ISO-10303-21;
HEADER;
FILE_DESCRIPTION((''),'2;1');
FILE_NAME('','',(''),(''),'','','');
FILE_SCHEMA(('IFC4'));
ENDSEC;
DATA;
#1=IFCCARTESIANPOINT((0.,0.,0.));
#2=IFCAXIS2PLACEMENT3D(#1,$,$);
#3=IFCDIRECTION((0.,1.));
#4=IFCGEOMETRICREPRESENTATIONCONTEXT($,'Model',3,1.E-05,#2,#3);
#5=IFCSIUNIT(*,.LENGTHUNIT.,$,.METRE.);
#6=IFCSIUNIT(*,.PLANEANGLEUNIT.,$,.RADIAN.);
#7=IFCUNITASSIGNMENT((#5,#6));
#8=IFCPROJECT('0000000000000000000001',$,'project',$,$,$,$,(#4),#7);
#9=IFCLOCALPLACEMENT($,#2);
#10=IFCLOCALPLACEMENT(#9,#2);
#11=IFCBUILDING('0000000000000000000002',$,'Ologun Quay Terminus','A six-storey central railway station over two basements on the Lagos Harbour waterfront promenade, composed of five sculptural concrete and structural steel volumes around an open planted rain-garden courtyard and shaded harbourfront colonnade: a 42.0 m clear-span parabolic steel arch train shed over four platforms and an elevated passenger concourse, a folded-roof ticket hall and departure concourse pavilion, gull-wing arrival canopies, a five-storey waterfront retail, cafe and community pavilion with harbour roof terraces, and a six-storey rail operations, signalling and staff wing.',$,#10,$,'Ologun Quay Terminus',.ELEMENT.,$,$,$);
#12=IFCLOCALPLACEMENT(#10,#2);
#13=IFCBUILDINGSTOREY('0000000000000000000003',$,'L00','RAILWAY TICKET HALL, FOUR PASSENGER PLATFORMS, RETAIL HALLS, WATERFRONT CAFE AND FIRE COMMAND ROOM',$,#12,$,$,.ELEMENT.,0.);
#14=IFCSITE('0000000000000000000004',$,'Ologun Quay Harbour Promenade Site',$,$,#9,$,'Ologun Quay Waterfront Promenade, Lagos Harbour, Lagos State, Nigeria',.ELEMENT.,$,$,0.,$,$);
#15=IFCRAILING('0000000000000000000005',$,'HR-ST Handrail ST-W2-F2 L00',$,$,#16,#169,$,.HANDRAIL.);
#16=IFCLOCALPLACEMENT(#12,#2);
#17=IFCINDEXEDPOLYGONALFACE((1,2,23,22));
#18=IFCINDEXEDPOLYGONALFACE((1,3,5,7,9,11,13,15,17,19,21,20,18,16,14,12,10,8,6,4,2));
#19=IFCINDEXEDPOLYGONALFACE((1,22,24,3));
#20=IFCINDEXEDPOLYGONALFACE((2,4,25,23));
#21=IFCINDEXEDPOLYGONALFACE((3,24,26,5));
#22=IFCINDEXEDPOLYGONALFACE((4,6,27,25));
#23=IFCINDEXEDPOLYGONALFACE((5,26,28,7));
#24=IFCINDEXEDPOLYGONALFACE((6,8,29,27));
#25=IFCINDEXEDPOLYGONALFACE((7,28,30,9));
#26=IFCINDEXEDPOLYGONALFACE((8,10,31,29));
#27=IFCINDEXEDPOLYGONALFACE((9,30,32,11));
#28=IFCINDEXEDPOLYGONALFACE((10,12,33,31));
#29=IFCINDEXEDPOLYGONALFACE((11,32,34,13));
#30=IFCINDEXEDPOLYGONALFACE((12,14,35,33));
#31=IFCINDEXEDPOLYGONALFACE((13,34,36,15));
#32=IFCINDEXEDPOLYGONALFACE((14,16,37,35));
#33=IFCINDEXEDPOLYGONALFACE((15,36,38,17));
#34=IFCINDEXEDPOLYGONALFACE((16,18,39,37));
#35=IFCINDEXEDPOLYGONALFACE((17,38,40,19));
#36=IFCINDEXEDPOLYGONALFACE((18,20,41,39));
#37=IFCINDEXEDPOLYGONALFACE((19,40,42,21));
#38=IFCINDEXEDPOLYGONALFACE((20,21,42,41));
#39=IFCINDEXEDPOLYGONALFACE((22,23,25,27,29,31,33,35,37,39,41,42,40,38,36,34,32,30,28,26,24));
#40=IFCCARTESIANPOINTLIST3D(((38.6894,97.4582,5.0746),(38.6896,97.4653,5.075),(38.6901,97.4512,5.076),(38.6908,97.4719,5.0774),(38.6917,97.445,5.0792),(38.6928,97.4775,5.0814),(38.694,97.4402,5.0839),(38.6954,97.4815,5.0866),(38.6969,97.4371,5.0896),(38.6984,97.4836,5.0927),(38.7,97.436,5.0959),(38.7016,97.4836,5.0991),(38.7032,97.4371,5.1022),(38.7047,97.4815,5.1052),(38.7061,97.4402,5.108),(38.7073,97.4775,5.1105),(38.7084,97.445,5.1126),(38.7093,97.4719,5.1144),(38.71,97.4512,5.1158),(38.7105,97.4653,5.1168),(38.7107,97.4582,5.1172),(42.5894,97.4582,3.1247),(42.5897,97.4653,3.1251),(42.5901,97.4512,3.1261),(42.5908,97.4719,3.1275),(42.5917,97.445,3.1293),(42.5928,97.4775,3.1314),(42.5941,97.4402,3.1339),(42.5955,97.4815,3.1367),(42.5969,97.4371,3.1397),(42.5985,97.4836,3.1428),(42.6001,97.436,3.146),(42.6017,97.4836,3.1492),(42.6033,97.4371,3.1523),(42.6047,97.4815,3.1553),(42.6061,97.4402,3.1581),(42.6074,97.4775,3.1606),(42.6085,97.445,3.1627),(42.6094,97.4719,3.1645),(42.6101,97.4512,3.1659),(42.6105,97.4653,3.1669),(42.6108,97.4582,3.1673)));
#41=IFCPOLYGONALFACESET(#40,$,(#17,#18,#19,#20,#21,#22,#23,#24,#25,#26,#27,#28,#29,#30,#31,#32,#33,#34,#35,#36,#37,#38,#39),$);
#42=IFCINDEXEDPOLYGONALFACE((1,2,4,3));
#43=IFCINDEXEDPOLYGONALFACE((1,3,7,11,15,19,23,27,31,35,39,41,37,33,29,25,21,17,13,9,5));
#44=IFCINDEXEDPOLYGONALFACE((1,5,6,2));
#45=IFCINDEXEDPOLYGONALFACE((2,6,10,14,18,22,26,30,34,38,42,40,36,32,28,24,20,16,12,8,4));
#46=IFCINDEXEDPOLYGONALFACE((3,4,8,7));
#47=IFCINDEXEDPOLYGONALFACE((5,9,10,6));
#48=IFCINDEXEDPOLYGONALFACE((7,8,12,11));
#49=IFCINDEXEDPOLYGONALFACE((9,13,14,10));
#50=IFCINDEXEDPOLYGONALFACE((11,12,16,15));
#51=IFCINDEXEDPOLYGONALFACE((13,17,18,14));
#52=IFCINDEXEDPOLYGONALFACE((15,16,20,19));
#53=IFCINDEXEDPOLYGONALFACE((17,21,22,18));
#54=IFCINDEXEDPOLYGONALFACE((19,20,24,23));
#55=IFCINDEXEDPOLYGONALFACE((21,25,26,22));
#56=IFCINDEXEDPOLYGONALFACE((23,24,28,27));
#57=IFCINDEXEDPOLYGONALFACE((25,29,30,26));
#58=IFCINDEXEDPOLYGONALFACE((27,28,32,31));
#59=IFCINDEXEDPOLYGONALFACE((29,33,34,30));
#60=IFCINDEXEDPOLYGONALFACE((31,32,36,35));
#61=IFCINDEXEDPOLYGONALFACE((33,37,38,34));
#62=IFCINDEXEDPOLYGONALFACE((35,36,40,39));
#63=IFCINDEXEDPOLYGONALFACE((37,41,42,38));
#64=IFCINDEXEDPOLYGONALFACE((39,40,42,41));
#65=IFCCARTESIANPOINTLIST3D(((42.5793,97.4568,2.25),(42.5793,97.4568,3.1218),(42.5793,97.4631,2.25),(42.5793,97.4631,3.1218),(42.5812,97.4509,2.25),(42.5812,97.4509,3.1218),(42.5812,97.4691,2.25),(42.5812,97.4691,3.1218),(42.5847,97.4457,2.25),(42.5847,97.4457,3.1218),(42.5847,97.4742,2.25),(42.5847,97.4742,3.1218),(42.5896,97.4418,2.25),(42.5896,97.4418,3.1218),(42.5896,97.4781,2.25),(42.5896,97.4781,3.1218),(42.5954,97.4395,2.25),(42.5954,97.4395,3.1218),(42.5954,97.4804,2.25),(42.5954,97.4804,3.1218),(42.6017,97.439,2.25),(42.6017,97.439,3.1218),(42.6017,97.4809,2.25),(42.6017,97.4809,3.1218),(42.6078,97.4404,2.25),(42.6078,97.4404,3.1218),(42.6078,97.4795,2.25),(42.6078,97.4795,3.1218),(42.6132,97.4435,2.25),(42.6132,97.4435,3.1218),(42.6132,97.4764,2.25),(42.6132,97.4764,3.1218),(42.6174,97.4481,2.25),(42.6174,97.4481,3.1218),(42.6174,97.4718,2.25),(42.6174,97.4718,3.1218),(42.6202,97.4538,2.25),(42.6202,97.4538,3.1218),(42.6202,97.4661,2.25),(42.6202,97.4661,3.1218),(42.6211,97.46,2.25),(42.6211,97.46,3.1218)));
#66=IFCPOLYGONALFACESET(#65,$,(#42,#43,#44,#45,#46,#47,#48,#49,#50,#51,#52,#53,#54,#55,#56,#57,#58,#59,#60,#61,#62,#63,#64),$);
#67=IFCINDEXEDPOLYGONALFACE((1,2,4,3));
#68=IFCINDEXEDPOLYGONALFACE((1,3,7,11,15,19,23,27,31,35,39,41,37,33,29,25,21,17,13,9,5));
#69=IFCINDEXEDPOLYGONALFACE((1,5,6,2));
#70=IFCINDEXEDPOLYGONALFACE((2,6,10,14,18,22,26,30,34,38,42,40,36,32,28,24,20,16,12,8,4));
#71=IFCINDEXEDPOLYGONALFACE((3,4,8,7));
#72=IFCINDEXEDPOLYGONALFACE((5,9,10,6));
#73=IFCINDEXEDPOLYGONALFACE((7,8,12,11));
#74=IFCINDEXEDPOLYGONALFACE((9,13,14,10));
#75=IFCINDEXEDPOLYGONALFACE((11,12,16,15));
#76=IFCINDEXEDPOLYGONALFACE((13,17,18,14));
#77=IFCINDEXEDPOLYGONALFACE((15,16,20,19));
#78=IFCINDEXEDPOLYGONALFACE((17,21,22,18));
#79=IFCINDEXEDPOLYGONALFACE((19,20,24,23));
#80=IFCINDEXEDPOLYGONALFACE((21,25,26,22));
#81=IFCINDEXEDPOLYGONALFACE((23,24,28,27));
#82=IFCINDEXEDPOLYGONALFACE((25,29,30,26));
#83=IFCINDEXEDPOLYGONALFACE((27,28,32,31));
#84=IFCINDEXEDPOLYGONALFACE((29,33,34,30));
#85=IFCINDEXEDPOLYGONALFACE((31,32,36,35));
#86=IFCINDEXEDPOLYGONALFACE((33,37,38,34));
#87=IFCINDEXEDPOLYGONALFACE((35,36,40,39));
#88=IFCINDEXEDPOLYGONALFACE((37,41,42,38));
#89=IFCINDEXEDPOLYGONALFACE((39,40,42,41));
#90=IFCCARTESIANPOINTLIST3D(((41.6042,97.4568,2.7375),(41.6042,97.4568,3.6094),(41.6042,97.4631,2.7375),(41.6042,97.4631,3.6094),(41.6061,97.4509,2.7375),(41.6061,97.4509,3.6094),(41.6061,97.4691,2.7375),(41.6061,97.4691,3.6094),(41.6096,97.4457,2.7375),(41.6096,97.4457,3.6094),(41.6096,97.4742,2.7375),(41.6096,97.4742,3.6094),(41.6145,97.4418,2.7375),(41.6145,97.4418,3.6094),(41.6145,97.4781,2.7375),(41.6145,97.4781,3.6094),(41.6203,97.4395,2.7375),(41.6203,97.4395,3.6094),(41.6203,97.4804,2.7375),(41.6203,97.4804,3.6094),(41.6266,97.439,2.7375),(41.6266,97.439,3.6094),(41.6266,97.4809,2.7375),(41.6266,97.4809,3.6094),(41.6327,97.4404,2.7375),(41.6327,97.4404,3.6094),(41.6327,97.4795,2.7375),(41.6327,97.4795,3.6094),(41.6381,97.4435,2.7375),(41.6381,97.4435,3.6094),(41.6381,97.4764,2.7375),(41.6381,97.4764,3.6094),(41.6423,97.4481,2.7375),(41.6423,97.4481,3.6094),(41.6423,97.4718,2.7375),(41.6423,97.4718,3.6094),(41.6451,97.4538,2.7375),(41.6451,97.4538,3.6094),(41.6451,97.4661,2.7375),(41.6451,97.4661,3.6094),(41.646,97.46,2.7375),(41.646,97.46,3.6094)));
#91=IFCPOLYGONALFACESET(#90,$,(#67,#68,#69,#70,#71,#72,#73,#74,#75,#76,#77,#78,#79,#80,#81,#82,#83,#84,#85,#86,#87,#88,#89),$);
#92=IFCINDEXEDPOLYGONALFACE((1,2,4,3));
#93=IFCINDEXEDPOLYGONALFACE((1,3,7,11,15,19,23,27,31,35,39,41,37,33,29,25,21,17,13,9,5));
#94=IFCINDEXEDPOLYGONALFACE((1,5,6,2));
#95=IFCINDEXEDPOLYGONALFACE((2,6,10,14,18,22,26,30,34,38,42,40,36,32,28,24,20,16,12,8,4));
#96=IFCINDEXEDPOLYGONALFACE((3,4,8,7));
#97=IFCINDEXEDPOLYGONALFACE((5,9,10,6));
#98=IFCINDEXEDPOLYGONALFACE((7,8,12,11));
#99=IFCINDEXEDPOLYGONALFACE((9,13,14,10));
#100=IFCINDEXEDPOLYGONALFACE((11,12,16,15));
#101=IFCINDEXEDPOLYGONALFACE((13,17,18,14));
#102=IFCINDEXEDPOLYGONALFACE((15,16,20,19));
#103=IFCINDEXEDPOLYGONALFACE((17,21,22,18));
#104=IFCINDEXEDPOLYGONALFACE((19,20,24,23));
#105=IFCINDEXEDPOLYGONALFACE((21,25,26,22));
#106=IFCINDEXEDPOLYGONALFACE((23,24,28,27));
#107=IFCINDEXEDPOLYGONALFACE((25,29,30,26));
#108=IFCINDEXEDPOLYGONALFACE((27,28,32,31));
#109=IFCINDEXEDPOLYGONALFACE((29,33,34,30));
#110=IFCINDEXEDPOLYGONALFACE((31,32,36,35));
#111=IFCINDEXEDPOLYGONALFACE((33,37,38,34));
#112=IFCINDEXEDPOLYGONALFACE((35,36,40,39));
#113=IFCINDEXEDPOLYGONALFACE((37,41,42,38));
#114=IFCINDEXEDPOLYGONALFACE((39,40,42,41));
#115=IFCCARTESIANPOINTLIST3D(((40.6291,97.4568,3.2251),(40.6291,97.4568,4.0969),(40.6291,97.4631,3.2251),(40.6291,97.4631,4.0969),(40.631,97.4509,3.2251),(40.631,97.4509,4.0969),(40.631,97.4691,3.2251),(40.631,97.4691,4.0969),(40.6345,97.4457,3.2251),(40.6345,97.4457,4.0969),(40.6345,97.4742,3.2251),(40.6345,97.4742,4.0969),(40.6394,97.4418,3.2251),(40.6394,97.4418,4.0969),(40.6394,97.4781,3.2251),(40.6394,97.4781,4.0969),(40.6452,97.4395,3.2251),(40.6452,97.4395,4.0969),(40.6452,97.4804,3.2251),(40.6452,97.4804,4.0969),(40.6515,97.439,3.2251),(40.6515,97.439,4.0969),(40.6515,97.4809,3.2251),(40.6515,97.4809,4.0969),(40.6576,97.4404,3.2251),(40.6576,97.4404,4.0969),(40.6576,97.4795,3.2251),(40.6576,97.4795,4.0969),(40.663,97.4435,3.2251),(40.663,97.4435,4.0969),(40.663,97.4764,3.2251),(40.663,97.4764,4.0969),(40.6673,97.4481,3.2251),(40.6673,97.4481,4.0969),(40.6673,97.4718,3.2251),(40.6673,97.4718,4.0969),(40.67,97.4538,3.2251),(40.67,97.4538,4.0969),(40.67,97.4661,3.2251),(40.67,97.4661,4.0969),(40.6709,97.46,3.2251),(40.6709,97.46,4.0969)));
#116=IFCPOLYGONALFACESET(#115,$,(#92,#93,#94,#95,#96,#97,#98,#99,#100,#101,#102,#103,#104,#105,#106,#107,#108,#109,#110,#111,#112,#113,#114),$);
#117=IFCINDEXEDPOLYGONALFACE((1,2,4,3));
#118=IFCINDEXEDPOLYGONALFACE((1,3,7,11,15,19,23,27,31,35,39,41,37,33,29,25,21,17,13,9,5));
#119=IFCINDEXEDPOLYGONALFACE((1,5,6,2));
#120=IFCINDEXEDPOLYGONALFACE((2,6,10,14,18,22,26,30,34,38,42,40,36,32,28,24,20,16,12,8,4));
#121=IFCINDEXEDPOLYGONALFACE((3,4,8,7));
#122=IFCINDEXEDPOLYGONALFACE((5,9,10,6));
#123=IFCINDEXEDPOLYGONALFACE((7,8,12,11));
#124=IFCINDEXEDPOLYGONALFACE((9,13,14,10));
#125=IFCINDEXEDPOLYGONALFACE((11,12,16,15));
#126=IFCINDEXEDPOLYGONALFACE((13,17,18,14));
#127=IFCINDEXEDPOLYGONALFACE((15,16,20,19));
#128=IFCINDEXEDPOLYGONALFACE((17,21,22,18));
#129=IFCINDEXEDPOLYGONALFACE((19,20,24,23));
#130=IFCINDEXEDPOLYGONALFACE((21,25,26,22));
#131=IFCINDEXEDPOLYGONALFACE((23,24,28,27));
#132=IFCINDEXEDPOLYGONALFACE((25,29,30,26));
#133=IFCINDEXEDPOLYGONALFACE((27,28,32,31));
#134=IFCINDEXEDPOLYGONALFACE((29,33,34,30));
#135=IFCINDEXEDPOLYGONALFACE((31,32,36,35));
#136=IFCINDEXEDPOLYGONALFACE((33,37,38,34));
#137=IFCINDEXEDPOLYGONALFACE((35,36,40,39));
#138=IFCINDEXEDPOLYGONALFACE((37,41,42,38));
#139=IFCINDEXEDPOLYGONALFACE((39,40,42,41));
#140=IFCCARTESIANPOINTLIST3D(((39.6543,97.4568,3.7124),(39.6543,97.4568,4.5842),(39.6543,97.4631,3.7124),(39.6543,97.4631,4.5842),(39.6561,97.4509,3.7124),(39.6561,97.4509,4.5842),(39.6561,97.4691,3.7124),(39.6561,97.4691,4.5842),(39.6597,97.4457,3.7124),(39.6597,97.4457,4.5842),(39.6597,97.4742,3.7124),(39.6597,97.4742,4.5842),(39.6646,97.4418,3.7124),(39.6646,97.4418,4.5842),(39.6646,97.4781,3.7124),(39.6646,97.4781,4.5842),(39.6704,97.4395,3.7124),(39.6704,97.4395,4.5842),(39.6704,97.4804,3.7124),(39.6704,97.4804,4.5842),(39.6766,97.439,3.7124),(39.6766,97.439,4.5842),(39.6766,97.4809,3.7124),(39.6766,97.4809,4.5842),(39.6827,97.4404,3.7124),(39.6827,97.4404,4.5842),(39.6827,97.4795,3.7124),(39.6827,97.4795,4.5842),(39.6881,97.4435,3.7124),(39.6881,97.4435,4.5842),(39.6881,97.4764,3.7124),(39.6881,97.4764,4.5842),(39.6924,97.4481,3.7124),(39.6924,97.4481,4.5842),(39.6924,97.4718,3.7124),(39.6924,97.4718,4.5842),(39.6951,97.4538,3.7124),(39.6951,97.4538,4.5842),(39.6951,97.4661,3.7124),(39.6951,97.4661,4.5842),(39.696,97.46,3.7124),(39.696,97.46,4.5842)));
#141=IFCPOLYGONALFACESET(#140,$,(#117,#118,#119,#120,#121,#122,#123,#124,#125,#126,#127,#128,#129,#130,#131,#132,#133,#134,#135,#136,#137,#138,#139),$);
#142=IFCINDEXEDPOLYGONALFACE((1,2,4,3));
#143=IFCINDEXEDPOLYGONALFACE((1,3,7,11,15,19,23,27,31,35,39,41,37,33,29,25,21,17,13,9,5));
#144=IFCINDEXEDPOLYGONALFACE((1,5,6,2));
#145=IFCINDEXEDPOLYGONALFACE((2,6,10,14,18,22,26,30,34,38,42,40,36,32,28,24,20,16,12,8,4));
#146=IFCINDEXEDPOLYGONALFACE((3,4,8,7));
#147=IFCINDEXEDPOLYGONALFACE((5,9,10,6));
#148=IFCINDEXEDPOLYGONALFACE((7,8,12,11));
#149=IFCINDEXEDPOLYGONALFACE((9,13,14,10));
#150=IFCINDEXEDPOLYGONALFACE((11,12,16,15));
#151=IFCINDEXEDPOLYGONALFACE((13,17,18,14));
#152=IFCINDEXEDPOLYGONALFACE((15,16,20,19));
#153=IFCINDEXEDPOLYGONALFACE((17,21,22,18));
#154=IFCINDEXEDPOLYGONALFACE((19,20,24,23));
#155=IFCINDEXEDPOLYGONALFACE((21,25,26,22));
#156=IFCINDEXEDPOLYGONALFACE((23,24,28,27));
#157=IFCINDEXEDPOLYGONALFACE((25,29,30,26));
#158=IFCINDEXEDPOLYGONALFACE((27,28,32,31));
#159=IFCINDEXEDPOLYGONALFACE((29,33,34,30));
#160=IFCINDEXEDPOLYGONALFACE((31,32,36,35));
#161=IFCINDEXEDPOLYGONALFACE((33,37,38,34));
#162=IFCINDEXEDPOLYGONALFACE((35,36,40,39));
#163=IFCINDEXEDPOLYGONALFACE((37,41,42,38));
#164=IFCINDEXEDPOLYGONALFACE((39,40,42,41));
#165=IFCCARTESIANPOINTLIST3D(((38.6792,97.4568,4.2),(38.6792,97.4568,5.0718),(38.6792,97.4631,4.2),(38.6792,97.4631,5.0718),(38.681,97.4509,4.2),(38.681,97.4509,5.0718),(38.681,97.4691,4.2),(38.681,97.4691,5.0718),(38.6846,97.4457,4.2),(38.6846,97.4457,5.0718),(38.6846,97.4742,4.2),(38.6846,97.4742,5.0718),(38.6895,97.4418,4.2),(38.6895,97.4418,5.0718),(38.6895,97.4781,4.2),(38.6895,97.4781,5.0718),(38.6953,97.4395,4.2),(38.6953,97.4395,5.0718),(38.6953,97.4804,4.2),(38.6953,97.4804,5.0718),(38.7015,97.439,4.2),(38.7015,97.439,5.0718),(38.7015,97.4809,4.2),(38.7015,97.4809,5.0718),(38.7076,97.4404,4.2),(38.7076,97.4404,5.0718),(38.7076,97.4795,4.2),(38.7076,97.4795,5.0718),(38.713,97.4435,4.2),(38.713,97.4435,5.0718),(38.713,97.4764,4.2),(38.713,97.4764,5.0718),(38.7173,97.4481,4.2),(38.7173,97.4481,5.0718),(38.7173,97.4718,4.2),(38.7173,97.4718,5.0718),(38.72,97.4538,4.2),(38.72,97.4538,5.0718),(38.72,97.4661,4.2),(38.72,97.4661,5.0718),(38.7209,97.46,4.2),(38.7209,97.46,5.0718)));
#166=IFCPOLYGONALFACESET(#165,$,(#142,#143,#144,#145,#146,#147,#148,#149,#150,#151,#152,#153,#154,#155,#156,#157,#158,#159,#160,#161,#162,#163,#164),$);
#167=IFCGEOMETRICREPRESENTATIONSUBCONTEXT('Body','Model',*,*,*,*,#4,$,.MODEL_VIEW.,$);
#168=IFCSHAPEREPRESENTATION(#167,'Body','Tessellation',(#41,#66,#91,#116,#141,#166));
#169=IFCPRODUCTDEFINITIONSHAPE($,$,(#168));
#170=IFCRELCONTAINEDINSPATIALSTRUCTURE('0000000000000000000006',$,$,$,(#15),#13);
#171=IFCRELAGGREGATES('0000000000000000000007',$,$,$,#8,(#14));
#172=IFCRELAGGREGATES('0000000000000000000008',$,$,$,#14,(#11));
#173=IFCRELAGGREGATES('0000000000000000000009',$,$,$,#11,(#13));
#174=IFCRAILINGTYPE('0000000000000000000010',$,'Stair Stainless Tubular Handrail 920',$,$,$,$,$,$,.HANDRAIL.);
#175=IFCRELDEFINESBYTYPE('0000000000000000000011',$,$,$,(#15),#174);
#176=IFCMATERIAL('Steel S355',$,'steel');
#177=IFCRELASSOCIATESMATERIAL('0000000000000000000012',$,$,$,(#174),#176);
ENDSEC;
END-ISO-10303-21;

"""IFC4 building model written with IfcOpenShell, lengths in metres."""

from ifc_helpers import new_model, si_unit, direction, frame, origin, origin_2d, place, context, subcontext, project, spatial, circle, extrude, material, type_object, element, save


model = new_model("IFC4")

# Units and contexts
model_context = context("Model", 3, precision=1e-05, world=origin(), true_north=direction((0.0, 1.0)))
body_context = subcontext(model_context, "Body", "Model", "MODEL_VIEW")
ifc_project = project(units=[si_unit("LENGTHUNIT", "METRE"), si_unit("PLANEANGLEUNIT", "RADIAN")], contexts=[model_context])

# Site, building, storey
site_placement = place(None, origin())
site = spatial("IfcSite", under=ifc_project, at=site_placement, Name="Ologun Quay Harbour Promenade Site", LongName="Ologun Quay Waterfront Promenade, Lagos Harbour, Lagos State, Nigeria", CompositionType="ELEMENT", RefElevation=0.0)
building_placement = place(site_placement, origin())
building = spatial("IfcBuilding", under=site, at=building_placement, Name="Ologun Quay Terminus", Description="A six-storey central railway station over two basements on the Lagos Harbour waterfront promenade, composed of five sculptural concrete and structural steel volumes around an open planted rain-garden courtyard and shaded harbourfront colonnade: a 42.0 m clear-span parabolic steel arch train shed over four platforms and an elevated passenger concourse, a folded-roof ticket hall and departure concourse pavilion, gull-wing arrival canopies, a five-storey waterfront retail, cafe and community pavilion with harbour roof terraces, and a six-storey rail operations, signalling and staff wing.", LongName="Ologun Quay Terminus", CompositionType="ELEMENT")
storey_placement = place(building_placement, origin())
storey = spatial("IfcBuildingStorey", under=building, at=storey_placement, Name="L00", Description="RAILWAY TICKET HALL, FOUR PASSENGER PLATFORMS, RETAIL HALLS, WATERFRONT CAFE AND FIRE COMMAND ROOM", CompositionType="ELEMENT", Elevation=0.0)

# Railing
ifc_material_1 = material(Name="Steel S355", Category="steel")
railing_type_1 = type_object("IfcRailingType", Name="Stair Stainless Tubular Handrail 920", PredefinedType="HANDRAIL", material=ifc_material_1)
railing_1_placement = place(storey_placement, frame((42.6001, 97.46, 2.25)))
element("IfcRailing", 1, at=railing_1_placement, inside=storey, type_object=railing_type_1, Name="HR-ST Handrail ST-W2-F2 L00", PredefinedType="HANDRAIL", context=body_context, shape_type="SweptSolid", body=[
    extrude(circle(Radius=0.0239, at=origin_2d()), frame((0.0, 0.0, 0.896), z_axis=(-0.894438, 0.0, 0.447191), x_axis=(0.0, -1.0, 0.0)), (0.0, 0.0, 1.0), 4.3604),
    extrude(circle(Radius=0.021, at=origin_2d()), origin(), (0.0, 0.0, 1.0), 0.8718),
    extrude(circle(Radius=0.021, at=origin_2d()), frame((-0.9751, 0.0, 0.4875)), (0.0, 0.0, 1.0), 0.8718),
    extrude(circle(Radius=0.021, at=origin_2d()), frame((-1.9502, 0.0, 0.9751)), (0.0, 0.0, 1.0), 0.8718),
    extrude(circle(Radius=0.021, at=origin_2d()), frame((-2.925, 0.0, 1.4624)), (0.0, 0.0, 1.0), 0.8718),
    extrude(circle(Radius=0.021, at=origin_2d()), frame((-3.9001, 0.0, 1.95)), (0.0, 0.0, 1.0), 0.8718),
])

save(model, "model.ifc")
